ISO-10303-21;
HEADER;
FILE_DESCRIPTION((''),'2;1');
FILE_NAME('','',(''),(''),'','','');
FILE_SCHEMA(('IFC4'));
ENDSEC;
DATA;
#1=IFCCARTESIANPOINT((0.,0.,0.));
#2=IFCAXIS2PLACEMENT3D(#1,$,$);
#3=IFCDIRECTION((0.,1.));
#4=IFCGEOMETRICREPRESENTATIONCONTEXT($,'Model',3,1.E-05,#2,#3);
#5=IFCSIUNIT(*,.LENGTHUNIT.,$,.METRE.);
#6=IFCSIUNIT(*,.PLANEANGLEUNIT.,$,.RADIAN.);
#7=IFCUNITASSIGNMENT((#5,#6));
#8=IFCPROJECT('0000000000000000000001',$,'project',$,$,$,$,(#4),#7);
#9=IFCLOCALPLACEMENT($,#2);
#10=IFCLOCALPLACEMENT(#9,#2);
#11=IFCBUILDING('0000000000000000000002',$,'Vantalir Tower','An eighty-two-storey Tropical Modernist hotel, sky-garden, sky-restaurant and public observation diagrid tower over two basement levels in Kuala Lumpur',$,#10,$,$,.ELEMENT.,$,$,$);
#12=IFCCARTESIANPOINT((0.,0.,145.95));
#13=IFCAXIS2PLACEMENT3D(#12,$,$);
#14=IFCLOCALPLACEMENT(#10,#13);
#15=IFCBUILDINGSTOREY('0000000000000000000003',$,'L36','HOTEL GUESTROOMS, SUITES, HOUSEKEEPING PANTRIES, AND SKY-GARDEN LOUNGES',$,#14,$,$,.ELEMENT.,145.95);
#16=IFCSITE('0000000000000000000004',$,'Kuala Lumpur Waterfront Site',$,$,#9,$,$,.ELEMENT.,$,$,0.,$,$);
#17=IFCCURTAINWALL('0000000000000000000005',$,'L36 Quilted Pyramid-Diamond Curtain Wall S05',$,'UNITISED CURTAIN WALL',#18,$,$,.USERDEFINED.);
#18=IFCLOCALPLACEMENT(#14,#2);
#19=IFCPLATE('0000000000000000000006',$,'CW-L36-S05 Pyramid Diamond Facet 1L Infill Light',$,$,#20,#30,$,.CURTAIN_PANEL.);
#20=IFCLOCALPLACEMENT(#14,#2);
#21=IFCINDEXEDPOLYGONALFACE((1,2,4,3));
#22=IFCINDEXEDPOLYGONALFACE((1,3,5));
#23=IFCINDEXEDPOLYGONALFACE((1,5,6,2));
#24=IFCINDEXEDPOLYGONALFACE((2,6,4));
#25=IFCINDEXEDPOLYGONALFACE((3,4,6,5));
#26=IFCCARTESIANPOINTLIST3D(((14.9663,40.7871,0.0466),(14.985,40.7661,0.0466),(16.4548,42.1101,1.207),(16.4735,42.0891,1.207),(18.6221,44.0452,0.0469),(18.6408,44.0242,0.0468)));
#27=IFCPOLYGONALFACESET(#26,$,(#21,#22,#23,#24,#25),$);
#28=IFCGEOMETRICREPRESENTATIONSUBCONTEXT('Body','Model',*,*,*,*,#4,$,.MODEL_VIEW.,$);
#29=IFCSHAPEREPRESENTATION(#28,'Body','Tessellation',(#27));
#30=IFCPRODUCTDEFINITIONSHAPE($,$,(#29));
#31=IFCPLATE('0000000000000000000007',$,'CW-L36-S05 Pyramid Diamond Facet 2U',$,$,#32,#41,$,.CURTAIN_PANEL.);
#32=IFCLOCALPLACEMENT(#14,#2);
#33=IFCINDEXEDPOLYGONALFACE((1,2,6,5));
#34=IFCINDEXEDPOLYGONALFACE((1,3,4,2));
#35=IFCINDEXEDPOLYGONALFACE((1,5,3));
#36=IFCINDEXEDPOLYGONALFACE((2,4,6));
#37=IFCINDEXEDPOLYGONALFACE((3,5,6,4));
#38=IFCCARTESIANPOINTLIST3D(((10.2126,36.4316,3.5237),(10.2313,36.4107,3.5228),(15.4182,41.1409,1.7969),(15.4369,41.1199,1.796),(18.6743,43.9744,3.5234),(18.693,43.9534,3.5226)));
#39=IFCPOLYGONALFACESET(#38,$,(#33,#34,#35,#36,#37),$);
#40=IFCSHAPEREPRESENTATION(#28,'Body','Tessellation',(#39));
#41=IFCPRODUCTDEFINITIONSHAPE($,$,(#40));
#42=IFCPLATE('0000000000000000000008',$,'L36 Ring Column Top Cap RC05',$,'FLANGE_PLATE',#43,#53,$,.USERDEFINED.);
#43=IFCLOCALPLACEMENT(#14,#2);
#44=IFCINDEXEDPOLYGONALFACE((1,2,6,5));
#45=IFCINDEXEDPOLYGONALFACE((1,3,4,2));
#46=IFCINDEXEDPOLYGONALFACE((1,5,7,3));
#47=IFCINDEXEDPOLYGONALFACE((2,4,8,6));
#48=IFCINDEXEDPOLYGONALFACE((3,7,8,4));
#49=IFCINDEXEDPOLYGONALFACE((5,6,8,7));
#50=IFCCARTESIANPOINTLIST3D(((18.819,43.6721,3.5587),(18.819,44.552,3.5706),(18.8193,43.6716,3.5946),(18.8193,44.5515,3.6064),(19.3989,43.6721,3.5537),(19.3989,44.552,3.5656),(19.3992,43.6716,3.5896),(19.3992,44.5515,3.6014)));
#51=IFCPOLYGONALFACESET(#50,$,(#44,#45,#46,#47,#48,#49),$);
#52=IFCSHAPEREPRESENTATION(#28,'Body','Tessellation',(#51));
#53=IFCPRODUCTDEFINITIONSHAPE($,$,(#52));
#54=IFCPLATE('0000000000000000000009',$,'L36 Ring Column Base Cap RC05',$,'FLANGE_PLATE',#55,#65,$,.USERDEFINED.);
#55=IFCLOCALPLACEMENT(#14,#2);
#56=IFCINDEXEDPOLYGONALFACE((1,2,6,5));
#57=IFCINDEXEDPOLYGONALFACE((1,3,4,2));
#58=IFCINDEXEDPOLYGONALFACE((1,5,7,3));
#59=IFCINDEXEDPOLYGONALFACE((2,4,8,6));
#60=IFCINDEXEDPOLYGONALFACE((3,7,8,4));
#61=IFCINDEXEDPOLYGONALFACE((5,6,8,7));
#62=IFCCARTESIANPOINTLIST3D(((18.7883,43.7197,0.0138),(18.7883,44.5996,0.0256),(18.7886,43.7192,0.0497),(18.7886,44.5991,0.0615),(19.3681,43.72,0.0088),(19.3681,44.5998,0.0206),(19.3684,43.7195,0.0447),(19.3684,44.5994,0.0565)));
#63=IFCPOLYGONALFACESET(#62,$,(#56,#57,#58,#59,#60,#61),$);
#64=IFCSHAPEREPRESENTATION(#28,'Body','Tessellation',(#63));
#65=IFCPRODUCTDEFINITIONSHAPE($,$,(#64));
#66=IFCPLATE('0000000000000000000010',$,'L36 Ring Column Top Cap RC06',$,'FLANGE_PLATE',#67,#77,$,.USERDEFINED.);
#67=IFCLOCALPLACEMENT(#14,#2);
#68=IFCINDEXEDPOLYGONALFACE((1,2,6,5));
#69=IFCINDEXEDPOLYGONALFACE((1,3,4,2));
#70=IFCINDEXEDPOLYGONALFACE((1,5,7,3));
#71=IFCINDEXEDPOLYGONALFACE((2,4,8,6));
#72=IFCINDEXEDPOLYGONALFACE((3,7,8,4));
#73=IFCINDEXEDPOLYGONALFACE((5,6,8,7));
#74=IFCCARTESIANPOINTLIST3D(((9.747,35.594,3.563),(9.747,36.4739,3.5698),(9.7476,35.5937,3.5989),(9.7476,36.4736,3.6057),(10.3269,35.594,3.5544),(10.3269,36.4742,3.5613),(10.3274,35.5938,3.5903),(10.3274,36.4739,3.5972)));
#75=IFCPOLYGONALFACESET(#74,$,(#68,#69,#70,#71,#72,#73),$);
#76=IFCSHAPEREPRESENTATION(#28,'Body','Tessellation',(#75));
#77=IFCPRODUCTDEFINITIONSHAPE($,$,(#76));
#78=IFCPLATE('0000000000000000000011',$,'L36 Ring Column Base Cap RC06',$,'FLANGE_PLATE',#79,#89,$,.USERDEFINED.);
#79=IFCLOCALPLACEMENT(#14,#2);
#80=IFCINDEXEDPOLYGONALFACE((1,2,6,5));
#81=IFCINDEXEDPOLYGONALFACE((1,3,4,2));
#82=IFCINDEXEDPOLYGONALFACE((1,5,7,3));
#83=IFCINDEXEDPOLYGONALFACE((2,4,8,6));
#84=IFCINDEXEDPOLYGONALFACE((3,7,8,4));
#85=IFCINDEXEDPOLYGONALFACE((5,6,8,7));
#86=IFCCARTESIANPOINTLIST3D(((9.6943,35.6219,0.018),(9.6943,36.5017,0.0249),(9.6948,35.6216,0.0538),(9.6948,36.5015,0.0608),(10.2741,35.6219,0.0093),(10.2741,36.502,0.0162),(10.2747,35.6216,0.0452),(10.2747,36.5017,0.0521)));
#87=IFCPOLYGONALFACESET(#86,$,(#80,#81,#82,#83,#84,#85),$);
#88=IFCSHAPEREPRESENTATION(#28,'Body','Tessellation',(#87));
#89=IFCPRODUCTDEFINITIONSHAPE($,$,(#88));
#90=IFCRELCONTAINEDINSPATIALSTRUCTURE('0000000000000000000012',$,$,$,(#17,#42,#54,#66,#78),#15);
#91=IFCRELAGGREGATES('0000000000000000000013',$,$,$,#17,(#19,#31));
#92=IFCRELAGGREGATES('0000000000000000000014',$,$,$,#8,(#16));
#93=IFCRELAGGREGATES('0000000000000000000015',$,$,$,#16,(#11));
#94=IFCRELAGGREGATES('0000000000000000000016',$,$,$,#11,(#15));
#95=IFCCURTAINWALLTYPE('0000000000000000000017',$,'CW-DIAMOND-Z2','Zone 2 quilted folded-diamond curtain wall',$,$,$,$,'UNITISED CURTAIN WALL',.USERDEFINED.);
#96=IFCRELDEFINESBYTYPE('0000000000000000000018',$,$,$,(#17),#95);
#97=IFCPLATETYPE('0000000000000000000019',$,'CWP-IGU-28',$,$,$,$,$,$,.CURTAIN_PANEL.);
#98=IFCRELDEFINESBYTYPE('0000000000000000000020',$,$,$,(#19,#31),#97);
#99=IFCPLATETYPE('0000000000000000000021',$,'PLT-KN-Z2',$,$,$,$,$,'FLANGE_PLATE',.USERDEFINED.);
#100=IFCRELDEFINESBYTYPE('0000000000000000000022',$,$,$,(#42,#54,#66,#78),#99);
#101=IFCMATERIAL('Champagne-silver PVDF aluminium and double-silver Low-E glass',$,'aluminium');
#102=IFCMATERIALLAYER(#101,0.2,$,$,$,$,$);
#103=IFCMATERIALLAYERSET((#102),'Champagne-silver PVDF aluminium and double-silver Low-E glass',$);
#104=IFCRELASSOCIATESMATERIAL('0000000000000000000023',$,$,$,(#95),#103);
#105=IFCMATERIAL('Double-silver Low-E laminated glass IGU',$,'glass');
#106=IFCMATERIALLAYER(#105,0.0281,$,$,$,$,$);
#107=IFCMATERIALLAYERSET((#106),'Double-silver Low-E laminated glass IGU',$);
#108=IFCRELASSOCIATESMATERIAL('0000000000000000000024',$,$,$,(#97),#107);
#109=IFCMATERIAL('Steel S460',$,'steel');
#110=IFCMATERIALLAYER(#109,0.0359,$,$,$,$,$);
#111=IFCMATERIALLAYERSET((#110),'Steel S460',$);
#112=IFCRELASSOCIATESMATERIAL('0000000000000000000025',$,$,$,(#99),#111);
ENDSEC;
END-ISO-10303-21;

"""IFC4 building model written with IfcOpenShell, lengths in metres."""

from ifc_helpers import new_model, si_unit, direction, frame, origin, place, context, subcontext, project, spatial, polyline, outline, extrude, material, layer, layer_set, type_object, element, aggregate, save


model = new_model("IFC4")

# Units and contexts
model_context = context("Model", 3, precision=1e-05, world=origin(), true_north=direction((0.0, 1.0)))
body_context = subcontext(model_context, "Body", "Model", "MODEL_VIEW")
ifc_project = project(units=[si_unit("LENGTHUNIT", "METRE"), si_unit("PLANEANGLEUNIT", "RADIAN")], contexts=[model_context])

# Site, building, storey
site_placement = place(None, origin())
site = spatial("IfcSite", under=ifc_project, at=site_placement, Name="Kuala Lumpur Waterfront Site", CompositionType="ELEMENT", RefElevation=0.0)
building_placement = place(site_placement, origin())
building = spatial("IfcBuilding", under=site, at=building_placement, Name="Vantalir Tower", Description="An eighty-two-storey Tropical Modernist hotel, sky-garden, sky-restaurant and public observation diagrid tower over two basement levels in Kuala Lumpur", CompositionType="ELEMENT")
storey_placement = place(building_placement, frame((0.0, 0.0, 145.95)))
storey = spatial("IfcBuildingStorey", under=building, at=storey_placement, Name="L36", Description="HOTEL GUESTROOMS, SUITES, HOUSEKEEPING PANTRIES, AND SKY-GARDEN LOUNGES", CompositionType="ELEMENT", Elevation=145.95)

# Shared definitions
ifc_material_1 = material(Name="Steel S460", Category="steel")

# Shared definitions
ifc_material_2 = material(Name="Champagne-silver PVDF aluminium and double-silver Low-E glass", Category="aluminium")
ifc_layer_1 = layer(ifc_material_2, 0.2)
ifc_layer_set_1 = layer_set([ifc_layer_1], Name="Champagne-silver PVDF aluminium and double-silver Low-E glass")
curtain_wall_type = type_object("IfcCurtainWallType", Name="CW-DIAMOND-Z2", Description="Zone 2 quilted folded-diamond curtain wall", ElementType="UNITISED CURTAIN WALL", PredefinedType="USERDEFINED", material=ifc_layer_set_1)

# Curtain wall
curtain_wall_1_placement = place(storey_placement, origin())
curtain_wall_1 = element("IfcCurtainWall", 1, at=curtain_wall_1_placement, inside=storey, type_object=curtain_wall_type, Name="L36 Quilted Pyramid-Diamond Curtain Wall S05", ObjectType="UNITISED CURTAIN WALL", PredefinedType="USERDEFINED")

# Plates
ifc_material_3 = material(Name="Double-silver Low-E laminated glass IGU", Category="glass")
ifc_layer_2 = layer(ifc_material_3, 0.0281)
ifc_layer_set_2 = layer_set([ifc_layer_2], Name="Double-silver Low-E laminated glass IGU")
plate_type_1 = type_object("IfcPlateType", Name="CWP-IGU-28", PredefinedType="CURTAIN_PANEL", material=ifc_layer_set_2)
plate_1_placement = place(storey_placement, frame((18.6221, 44.0452, 0.0469), z_axis=(-0.66533, 0.746546, 0.002312), x_axis=(-0.746548, -0.665332, -0.00005)))
plate_1 = element("IfcPlate", 2, at=plate_1_placement, type_object=plate_type_1, Name="CW-L36-S05 Pyramid Diamond Facet 1L Infill Light", PredefinedType="CURTAIN_PANEL", context=body_context, shape_type="SweptSolid", body=[
    extrude(outline(polyline([(0.0, 0.0), (4.8969, 0.0), (2.9053, 1.1603), (0.0, 0.0)])), origin(), (0.0, 0.0, -1.0), 0.0281),
])
plate_2_placement = place(storey_placement, frame((10.2126, 36.4316, 3.5237), z_axis=(-0.665114, 0.746147, 0.029814), x_axis=(0.746478, 0.66541, -0.000022)))
plate_2 = element("IfcPlate", 3, at=plate_2_placement, type_object=plate_type_1, Name="CW-L36-S05 Pyramid Diamond Facet 2U", PredefinedType="CURTAIN_PANEL", context=body_context, shape_type="SweptSolid", body=[
    extrude(outline(polyline([(0.0, 0.0), (11.3355, 0.0), (7.0194, 1.7274), (0.0, 0.0)])), origin(), (0.0, 0.0, -1.0), 0.0281),
])
aggregate(curtain_wall_1, [plate_1, plate_2])

# Plates
ifc_layer_3 = layer(ifc_material_1, 0.0359)
ifc_layer_set_3 = layer_set([ifc_layer_3], Name="Steel S460")
plate_type_2 = type_object("IfcPlateType", Name="PLT-KN-Z2", ElementType="FLANGE_PLATE", PredefinedType="USERDEFINED", material=ifc_layer_set_3)
plate_3_placement = place(storey_placement, frame((18.8193, 44.5515, 3.6064), z_axis=(0.00863, -0.013456, 0.999872), x_axis=(-0.000001, -0.999909, -0.013456)))
element("IfcPlate", 4, at=plate_3_placement, inside=storey, type_object=plate_type_2, Name="L36 Ring Column Top Cap RC05", ObjectType="FLANGE_PLATE", PredefinedType="USERDEFINED", context=body_context, shape_type="SweptSolid", body=[
    extrude(outline(polyline([(0.0, 0.0), (0.88, 0.0), (0.88, 0.5799), (0.0001, 0.5799), (0.0, 0.0)])), origin(), (0.0, 0.0, -1.0), 0.0359),
])
plate_4_placement = place(storey_placement, frame((18.7886, 44.5991, 0.0615), z_axis=(0.008636, -0.013456, 0.999872), x_axis=(0.000001, -0.999909, -0.013456)))
element("IfcPlate", 5, at=plate_4_placement, inside=storey, type_object=plate_type_2, Name="L36 Ring Column Base Cap RC05", ObjectType="FLANGE_PLATE", PredefinedType="USERDEFINED", context=body_context, shape_type="SweptSolid", body=[
    extrude(outline(polyline([(0.0, 0.0), (0.88, 0.0), (0.8798, 0.5799), (-0.0002, 0.5799), (0.0, 0.0)])), origin(), (0.0, 0.0, -1.0), 0.0359),
])
plate_5_placement = place(storey_placement, frame((9.7476, 36.4736, 3.6057), z_axis=(0.014736, -0.007767, 0.999861), x_axis=(0.0, -0.99997, -0.007768)))
element("IfcPlate", 6, at=plate_5_placement, inside=storey, type_object=plate_type_2, Name="L36 Ring Column Top Cap RC06", ObjectType="FLANGE_PLATE", PredefinedType="USERDEFINED", context=body_context, shape_type="SweptSolid", body=[
    extrude(outline(polyline([(0.0, 0.0), (0.8799, 0.0), (0.88, 0.5799), (-0.0002, 0.5799), (0.0, 0.0)])), origin(), (0.0, 0.0, -1.0), 0.0359),
])
plate_6_placement = place(storey_placement, frame((9.6948, 36.5015, 0.0608), z_axis=(0.014947, -0.007906, 0.999857), x_axis=(-0.000002, -0.999969, -0.007907)))
element("IfcPlate", 7, at=plate_6_placement, inside=storey, type_object=plate_type_2, Name="L36 Ring Column Base Cap RC06", ObjectType="FLANGE_PLATE", PredefinedType="USERDEFINED", context=body_context, shape_type="SweptSolid", body=[
    extrude(outline(polyline([(0.0, 0.0), (0.8799, 0.0), (0.88, 0.5799), (-0.0002, 0.5799), (0.0, 0.0)])), origin(), (0.0, 0.0, -1.0), 0.0359),
])

save(model, "model.ifc")
